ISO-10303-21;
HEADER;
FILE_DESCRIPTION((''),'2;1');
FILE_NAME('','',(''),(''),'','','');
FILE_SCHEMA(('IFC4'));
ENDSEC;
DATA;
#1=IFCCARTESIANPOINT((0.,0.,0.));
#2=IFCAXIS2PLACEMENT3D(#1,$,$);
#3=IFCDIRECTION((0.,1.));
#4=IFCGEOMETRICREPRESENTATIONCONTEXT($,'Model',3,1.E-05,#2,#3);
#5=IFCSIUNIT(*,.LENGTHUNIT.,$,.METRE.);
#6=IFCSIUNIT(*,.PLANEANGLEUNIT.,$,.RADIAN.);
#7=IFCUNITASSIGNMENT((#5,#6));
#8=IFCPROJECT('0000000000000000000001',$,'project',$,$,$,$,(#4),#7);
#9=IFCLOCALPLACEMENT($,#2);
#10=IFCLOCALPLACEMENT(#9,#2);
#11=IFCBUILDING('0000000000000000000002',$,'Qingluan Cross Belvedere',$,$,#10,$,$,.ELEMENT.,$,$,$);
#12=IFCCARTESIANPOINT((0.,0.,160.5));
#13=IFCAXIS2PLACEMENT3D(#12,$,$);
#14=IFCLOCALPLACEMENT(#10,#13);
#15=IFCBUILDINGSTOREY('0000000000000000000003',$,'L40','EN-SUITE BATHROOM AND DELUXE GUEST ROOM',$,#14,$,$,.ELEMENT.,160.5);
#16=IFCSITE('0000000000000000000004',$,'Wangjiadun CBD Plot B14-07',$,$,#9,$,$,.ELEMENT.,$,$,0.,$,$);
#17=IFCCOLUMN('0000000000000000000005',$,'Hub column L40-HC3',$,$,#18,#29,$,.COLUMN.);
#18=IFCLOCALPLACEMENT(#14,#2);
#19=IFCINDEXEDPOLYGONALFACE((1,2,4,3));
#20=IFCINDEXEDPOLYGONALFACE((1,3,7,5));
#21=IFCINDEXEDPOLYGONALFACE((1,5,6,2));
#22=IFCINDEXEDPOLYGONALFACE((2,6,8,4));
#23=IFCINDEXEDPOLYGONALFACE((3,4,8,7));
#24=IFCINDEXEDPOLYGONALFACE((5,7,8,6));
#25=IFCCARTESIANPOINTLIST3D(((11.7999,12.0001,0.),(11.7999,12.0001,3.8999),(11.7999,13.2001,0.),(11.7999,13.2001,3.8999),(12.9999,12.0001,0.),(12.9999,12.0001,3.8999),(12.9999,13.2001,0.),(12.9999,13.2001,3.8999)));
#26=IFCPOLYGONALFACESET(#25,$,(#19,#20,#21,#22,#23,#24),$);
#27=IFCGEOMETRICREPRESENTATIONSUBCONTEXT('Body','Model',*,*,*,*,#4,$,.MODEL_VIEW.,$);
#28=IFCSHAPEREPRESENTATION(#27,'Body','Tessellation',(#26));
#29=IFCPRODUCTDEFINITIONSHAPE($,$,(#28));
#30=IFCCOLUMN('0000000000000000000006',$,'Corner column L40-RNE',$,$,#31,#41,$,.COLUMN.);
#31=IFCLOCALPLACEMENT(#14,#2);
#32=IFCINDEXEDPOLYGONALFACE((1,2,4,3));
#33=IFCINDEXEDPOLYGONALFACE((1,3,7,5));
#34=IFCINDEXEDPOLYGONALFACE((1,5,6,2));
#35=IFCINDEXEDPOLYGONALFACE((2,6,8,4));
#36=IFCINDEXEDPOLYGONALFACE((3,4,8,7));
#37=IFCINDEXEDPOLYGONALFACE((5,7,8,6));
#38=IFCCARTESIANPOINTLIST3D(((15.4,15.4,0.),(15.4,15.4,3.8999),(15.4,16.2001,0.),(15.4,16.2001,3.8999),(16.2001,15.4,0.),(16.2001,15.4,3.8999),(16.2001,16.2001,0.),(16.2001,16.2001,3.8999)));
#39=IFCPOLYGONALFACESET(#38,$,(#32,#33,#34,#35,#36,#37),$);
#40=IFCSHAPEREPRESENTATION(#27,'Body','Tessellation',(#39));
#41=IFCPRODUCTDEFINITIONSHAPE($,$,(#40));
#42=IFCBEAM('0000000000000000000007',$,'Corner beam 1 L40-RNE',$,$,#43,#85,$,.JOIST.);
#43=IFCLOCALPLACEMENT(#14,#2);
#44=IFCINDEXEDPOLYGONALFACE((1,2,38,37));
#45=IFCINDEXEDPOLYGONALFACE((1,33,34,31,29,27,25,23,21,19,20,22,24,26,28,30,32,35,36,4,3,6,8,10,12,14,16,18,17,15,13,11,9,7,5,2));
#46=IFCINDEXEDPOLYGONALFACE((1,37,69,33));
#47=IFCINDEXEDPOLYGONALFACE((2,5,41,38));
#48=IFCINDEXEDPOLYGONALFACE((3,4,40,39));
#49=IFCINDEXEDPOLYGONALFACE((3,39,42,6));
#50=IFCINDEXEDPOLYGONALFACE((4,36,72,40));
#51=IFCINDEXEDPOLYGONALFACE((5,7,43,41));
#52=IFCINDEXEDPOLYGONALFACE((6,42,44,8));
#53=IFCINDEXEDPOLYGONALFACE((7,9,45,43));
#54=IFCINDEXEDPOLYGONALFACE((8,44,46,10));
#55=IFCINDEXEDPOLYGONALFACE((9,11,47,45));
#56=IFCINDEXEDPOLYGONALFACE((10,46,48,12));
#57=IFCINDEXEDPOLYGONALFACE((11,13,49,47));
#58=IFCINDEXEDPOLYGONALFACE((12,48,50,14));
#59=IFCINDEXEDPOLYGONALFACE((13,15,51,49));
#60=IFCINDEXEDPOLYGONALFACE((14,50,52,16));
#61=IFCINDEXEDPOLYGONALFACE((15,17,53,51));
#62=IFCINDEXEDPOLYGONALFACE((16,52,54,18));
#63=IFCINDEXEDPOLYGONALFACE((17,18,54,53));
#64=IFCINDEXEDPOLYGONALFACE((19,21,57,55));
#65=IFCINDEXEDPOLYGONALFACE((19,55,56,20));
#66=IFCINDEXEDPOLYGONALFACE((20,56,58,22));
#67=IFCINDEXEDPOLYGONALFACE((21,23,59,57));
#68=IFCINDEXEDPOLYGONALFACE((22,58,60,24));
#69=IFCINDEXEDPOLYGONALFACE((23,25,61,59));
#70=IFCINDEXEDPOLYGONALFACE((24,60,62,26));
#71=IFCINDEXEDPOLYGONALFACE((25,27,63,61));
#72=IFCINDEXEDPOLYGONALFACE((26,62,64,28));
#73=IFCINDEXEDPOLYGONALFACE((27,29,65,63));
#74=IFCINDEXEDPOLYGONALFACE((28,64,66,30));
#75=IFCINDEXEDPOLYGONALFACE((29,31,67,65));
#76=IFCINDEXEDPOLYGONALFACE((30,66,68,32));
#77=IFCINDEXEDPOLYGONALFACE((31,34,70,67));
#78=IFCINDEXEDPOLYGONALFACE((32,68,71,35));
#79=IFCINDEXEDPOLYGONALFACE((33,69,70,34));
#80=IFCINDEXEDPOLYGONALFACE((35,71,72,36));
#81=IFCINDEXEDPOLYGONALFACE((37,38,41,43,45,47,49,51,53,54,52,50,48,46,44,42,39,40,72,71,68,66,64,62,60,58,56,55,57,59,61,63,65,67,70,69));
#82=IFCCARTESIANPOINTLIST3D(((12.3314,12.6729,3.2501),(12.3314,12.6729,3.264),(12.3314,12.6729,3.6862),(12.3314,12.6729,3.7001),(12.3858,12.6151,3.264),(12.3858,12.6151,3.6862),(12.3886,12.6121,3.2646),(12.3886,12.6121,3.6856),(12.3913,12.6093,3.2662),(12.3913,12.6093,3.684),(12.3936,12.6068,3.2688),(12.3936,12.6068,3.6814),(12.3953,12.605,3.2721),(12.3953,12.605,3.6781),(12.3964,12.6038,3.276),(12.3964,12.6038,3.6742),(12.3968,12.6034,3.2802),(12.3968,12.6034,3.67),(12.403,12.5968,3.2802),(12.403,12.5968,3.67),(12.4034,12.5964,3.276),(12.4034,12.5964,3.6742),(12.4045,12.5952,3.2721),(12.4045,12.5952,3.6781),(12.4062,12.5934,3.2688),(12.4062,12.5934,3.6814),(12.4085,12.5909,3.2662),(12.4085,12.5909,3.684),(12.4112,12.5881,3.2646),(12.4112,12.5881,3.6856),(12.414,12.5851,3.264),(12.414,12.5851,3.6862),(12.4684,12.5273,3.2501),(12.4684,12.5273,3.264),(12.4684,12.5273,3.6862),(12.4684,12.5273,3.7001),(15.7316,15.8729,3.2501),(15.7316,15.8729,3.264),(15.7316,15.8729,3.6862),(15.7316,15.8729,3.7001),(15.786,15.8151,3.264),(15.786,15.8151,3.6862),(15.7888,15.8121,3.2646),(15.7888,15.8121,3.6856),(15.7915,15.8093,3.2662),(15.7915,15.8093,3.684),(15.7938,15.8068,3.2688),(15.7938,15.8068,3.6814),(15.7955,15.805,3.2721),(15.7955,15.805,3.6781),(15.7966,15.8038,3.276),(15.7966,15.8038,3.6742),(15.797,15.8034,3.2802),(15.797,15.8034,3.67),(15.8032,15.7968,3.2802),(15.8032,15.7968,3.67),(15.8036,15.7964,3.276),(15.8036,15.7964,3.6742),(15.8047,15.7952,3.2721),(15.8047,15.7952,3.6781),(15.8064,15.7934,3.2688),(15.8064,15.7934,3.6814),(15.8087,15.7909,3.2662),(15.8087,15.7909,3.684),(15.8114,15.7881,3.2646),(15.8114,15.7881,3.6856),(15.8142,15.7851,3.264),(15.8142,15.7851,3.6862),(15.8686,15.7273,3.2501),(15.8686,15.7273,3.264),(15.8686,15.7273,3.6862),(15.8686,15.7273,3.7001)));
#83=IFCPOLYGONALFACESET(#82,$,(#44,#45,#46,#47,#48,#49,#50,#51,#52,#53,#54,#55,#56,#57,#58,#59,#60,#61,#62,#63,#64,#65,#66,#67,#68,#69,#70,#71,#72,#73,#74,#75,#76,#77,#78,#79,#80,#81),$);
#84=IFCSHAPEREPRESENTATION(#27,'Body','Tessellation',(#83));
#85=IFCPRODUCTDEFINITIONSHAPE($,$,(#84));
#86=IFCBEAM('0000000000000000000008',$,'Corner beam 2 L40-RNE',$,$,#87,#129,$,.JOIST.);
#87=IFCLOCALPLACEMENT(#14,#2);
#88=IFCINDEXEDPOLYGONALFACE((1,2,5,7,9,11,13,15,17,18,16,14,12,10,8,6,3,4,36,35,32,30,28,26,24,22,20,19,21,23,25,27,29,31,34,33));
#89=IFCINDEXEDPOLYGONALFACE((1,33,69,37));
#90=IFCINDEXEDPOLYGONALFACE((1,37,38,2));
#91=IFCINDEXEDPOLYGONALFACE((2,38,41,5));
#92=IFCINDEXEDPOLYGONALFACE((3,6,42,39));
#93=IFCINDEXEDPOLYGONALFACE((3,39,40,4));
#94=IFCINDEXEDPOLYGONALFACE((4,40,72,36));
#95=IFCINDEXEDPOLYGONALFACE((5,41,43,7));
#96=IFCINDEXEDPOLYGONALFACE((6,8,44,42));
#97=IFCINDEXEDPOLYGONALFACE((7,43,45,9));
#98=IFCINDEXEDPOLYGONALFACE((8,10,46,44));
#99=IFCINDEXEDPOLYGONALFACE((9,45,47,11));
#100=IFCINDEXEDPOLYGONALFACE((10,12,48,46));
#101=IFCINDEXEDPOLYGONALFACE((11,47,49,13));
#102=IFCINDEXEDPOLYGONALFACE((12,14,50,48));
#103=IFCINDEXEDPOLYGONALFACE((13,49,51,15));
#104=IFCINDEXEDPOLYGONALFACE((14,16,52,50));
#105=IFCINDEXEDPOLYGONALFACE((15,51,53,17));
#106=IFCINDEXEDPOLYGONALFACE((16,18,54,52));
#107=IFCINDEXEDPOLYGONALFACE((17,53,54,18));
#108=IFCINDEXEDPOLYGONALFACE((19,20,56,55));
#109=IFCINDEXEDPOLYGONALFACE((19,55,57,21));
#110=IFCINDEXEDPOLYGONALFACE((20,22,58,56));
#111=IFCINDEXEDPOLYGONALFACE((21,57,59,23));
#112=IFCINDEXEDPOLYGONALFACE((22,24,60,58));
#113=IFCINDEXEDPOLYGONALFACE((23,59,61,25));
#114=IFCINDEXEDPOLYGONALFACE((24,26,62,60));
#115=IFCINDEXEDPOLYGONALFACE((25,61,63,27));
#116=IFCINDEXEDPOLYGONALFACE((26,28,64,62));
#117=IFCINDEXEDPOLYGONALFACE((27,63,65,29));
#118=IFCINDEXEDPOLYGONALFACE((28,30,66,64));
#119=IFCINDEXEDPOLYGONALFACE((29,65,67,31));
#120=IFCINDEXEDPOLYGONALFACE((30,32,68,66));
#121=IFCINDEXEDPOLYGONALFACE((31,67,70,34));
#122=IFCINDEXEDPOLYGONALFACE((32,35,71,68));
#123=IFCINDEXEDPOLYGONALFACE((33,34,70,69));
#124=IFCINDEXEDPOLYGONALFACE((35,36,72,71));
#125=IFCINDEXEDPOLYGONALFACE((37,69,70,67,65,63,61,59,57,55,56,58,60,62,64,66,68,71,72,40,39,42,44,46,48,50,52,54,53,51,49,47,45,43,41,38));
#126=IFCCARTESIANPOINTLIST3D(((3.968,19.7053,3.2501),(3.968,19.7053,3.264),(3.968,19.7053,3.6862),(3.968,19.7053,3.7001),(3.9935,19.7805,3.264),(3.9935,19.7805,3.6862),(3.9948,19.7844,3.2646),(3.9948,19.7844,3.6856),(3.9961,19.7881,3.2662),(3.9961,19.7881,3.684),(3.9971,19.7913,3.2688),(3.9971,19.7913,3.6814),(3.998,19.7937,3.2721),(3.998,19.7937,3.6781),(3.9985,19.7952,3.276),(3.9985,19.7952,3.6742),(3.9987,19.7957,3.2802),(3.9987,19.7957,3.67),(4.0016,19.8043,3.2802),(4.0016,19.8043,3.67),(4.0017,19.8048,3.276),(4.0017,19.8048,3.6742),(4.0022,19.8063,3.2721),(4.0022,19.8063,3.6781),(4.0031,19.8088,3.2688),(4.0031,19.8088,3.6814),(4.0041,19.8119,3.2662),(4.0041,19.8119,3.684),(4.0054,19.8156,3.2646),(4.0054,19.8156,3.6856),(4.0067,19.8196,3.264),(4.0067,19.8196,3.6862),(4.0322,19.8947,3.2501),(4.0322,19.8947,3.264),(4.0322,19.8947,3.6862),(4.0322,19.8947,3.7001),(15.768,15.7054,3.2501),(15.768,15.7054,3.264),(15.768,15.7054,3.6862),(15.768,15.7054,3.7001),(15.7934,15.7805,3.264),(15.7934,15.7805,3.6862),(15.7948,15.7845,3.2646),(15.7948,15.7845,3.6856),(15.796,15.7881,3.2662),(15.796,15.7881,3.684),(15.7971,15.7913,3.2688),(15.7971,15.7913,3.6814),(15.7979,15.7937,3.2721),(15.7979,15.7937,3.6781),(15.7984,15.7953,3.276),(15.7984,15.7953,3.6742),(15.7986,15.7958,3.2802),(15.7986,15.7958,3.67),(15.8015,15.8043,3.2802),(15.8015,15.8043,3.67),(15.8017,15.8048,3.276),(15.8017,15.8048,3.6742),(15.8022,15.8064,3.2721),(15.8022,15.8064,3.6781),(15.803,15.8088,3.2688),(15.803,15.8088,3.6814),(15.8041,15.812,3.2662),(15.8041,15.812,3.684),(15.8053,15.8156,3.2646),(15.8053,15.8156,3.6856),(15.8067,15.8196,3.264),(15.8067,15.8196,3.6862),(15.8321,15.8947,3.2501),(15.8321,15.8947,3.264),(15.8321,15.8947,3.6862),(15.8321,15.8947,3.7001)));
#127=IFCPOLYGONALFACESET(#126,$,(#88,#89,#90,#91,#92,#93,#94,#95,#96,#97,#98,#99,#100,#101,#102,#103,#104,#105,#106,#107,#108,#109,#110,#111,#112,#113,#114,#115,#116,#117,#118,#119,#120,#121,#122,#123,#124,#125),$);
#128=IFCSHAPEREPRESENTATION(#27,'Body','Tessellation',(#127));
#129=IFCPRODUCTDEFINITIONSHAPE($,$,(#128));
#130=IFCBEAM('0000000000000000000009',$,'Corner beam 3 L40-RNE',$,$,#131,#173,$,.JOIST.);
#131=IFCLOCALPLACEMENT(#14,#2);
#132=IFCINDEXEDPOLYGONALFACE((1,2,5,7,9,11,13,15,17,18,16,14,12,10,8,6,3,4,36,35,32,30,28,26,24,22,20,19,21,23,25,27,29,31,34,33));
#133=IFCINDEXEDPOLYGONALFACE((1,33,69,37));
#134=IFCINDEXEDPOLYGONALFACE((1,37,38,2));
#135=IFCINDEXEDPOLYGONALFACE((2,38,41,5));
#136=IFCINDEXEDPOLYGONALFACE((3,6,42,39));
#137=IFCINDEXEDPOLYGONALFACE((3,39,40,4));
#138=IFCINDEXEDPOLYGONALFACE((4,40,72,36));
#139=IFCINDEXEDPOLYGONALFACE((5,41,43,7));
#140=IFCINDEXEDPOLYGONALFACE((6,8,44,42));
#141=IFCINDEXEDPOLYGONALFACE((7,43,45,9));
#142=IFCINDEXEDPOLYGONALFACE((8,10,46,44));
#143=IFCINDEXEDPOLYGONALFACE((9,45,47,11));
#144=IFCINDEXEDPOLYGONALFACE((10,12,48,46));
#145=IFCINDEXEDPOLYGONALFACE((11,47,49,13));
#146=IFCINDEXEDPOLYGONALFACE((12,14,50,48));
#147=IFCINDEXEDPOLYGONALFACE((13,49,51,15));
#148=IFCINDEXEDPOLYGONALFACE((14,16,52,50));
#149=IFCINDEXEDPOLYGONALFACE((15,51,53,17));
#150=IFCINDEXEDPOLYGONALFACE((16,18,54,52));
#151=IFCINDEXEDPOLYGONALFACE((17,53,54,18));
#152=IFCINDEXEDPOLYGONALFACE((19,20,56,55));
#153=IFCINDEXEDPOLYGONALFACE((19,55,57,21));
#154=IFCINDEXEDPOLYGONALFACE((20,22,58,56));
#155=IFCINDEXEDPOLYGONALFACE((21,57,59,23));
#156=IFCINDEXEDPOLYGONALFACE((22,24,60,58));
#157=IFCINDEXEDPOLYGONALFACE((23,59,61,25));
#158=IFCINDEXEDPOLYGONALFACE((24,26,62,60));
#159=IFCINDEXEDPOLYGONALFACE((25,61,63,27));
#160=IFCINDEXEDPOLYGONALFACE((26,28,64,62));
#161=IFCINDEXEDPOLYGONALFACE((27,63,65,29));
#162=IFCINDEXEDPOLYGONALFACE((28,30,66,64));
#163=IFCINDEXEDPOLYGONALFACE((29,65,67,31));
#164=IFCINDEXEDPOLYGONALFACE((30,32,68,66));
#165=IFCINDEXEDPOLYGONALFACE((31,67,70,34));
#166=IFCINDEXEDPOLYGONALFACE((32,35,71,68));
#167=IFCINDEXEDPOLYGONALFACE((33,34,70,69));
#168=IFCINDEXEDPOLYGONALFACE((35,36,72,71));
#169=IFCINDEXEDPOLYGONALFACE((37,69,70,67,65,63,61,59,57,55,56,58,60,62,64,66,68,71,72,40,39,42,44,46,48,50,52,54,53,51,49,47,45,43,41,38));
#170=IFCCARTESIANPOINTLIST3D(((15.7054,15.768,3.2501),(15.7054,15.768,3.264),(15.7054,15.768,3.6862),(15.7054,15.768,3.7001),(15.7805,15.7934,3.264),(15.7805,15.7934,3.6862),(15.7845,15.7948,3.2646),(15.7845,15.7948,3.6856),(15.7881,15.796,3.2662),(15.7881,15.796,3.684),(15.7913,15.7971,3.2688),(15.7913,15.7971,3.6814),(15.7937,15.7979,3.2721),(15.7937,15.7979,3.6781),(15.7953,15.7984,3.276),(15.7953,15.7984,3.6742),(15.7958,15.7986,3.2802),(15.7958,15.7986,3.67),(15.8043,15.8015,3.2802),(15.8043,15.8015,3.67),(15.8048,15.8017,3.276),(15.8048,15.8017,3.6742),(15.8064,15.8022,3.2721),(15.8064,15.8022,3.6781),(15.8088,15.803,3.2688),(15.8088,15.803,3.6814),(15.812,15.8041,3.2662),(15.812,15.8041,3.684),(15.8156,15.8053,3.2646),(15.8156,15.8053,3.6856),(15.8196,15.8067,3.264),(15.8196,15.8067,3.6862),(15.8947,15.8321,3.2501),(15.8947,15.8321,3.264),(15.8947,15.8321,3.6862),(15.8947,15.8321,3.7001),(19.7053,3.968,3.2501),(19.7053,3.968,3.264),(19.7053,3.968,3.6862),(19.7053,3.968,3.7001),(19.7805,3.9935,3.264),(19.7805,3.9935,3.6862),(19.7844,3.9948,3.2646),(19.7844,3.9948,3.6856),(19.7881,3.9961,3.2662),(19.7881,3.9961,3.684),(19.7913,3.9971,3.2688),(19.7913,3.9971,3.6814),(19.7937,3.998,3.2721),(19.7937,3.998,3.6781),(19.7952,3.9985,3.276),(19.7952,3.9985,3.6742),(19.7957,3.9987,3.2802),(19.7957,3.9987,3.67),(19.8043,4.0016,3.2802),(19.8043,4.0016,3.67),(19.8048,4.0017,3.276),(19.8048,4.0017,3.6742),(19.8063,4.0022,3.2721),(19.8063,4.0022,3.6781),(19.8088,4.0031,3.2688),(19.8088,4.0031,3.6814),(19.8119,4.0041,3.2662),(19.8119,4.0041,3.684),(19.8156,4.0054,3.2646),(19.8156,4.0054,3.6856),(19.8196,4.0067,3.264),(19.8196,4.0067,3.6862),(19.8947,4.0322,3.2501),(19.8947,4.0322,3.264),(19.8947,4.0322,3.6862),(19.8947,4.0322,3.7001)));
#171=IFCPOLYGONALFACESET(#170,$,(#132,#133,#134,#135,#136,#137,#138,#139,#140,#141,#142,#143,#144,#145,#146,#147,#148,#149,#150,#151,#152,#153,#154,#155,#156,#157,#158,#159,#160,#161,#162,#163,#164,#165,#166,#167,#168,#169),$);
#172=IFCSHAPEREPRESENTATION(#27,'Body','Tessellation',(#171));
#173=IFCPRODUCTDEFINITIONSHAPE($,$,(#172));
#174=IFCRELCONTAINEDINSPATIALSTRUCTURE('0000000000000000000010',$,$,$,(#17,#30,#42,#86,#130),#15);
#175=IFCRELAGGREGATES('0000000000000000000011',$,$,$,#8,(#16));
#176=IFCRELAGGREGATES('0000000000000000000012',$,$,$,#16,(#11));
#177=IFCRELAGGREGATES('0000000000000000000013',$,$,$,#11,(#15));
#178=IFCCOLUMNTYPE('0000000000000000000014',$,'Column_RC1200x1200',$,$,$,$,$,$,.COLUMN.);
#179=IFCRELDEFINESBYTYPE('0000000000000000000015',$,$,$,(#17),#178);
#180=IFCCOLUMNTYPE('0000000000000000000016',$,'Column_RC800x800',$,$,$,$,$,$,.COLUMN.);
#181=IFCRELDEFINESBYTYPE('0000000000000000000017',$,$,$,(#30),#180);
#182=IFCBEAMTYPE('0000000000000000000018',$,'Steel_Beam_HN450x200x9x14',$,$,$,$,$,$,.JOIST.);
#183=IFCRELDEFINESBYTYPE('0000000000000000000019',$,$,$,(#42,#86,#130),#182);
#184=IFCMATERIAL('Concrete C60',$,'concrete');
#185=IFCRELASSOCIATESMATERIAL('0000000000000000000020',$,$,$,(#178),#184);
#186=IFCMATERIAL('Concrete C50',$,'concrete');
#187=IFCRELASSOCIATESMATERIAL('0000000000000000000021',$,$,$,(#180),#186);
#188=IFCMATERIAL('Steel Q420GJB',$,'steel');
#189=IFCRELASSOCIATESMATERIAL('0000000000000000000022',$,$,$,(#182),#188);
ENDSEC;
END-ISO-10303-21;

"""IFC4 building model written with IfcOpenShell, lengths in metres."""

from ifc_helpers import new_model, si_unit, direction, frame, origin, origin_2d, place, context, subcontext, project, spatial, rectangle, i_section, extrude, material, material_profile, profile_set, type_object, element, save


model = new_model("IFC4")

# Units and contexts
model_context = context("Model", 3, precision=1e-05, world=origin(), true_north=direction((0.0, 1.0)))
body_context = subcontext(model_context, "Body", "Model", "MODEL_VIEW")
ifc_project = project(units=[si_unit("LENGTHUNIT", "METRE"), si_unit("PLANEANGLEUNIT", "RADIAN")], contexts=[model_context])

# Site, building, storey
site_placement = place(None, origin())
site = spatial("IfcSite", under=ifc_project, at=site_placement, Name="Wangjiadun CBD Plot B14-07", CompositionType="ELEMENT", RefElevation=0.0)
building_placement = place(site_placement, origin())
building = spatial("IfcBuilding", under=site, at=building_placement, Name="Qingluan Cross Belvedere", CompositionType="ELEMENT")
storey_placement = place(building_placement, frame((0.0, 0.0, 160.5)))
storey = spatial("IfcBuildingStorey", under=building, at=storey_placement, Name="L40", Description="EN-SUITE BATHROOM AND DELUXE GUEST ROOM", CompositionType="ELEMENT", Elevation=160.5)

# Columns
ifc_material_1 = material(Name="Concrete C60", Category="concrete")
ifc_material_profile_1 = material_profile(ifc_material_1, rectangle(XDim=1.2, YDim=1.2, at=origin_2d()), Name="RC1200x1200")
ifc_profile_set_1 = profile_set([ifc_material_profile_1], Name="Concrete C60")
column_type_1 = type_object("IfcColumnType", Name="Column_RC1200x1200", PredefinedType="COLUMN", material=ifc_profile_set_1)
column_1_placement = place(storey_placement, frame((12.3999, 12.6001, 0.0), z_axis=(0.0, 0.0, 1.0), x_axis=(1.0, 0.0, 0.0)))
element("IfcColumn", 1, at=column_1_placement, inside=storey, type_object=column_type_1, Name="Hub column L40-HC3", PredefinedType="COLUMN", context=body_context, shape_type="SweptSolid", body=[
    extrude(rectangle(XDim=1.2, YDim=1.2, at=origin_2d()), origin(), (0.0, 0.0, 1.0), 3.8999),
])
ifc_material_2 = material(Name="Concrete C50", Category="concrete")
ifc_material_profile_2 = material_profile(ifc_material_2, rectangle(XDim=0.8, YDim=0.8, at=origin_2d()), Name="RC800x800")
ifc_profile_set_2 = profile_set([ifc_material_profile_2], Name="Concrete C50")
column_type_2 = type_object("IfcColumnType", Name="Column_RC800x800", PredefinedType="COLUMN", material=ifc_profile_set_2)
column_2_placement = place(storey_placement, frame((15.8, 15.8, 0.0), z_axis=(0.0, 0.0, 1.0), x_axis=(1.0, 0.0, 0.0)))
element("IfcColumn", 2, at=column_2_placement, inside=storey, type_object=column_type_2, Name="Corner column L40-RNE", PredefinedType="COLUMN", context=body_context, shape_type="SweptSolid", body=[
    extrude(rectangle(XDim=0.8, YDim=0.8, at=origin_2d()), origin(), (0.0, 0.0, 1.0), 3.8999),
])

# Beams
ifc_material_3 = material(Name="Steel Q420GJB", Category="steel")
ifc_material_profile_3 = material_profile(ifc_material_3, i_section(OverallWidth=0.2, OverallDepth=0.45, WebThickness=0.009, FlangeThickness=0.0139, FilletRadius=0.0161, at=origin_2d()), Name="HN450x200x9x14")
ifc_profile_set_3 = profile_set([ifc_material_profile_3], Name="Steel Q420GJB")
beam_type = type_object("IfcBeamType", Name="Steel_Beam_HN450x200x9x14", PredefinedType="JOIST", material=ifc_profile_set_3)
beam_1_placement = place(storey_placement, frame((12.3999, 12.6001, 3.4751), z_axis=(0.72822, 0.685343, 0.0), x_axis=(-0.685343, 0.72822, 0.0)))
element("IfcBeam", 3, at=beam_1_placement, inside=storey, type_object=beam_type, Name="Corner beam 1 L40-RNE", PredefinedType="JOIST", context=body_context, shape_type="SweptSolid", body=[
    extrude(i_section(OverallWidth=0.2, OverallDepth=0.45, WebThickness=0.009, FlangeThickness=0.0139, FilletRadius=0.0161, at=origin_2d()), origin(), (0.0, 0.0, 1.0), 4.6692),
])
for number, where, z_axis, x_axis, name in (
    (4, (15.8, 15.8, 3.4751), (-0.947066, 0.321038, 0.0), (-0.321038, -0.947066, 0.0), "Corner beam 2 L40-RNE"),
    (5, (15.8, 15.8, 3.4751), (0.321038, -0.947066, 0.0), (0.947066, 0.321038, 0.0), "Corner beam 3 L40-RNE"),
):
    element("IfcBeam", number, at=place(storey_placement, frame(where, z_axis=z_axis, x_axis=x_axis)), inside=storey, type_object=beam_type, Name=name, PredefinedType="JOIST", context=body_context, shape_type="SweptSolid", body=[
        extrude(i_section(OverallWidth=0.2, OverallDepth=0.45, WebThickness=0.009, FlangeThickness=0.0139, FilletRadius=0.0161, at=origin_2d()), origin(), (0.0, 0.0, 1.0), 12.4595),
    ])

save(model, "model.ifc")
